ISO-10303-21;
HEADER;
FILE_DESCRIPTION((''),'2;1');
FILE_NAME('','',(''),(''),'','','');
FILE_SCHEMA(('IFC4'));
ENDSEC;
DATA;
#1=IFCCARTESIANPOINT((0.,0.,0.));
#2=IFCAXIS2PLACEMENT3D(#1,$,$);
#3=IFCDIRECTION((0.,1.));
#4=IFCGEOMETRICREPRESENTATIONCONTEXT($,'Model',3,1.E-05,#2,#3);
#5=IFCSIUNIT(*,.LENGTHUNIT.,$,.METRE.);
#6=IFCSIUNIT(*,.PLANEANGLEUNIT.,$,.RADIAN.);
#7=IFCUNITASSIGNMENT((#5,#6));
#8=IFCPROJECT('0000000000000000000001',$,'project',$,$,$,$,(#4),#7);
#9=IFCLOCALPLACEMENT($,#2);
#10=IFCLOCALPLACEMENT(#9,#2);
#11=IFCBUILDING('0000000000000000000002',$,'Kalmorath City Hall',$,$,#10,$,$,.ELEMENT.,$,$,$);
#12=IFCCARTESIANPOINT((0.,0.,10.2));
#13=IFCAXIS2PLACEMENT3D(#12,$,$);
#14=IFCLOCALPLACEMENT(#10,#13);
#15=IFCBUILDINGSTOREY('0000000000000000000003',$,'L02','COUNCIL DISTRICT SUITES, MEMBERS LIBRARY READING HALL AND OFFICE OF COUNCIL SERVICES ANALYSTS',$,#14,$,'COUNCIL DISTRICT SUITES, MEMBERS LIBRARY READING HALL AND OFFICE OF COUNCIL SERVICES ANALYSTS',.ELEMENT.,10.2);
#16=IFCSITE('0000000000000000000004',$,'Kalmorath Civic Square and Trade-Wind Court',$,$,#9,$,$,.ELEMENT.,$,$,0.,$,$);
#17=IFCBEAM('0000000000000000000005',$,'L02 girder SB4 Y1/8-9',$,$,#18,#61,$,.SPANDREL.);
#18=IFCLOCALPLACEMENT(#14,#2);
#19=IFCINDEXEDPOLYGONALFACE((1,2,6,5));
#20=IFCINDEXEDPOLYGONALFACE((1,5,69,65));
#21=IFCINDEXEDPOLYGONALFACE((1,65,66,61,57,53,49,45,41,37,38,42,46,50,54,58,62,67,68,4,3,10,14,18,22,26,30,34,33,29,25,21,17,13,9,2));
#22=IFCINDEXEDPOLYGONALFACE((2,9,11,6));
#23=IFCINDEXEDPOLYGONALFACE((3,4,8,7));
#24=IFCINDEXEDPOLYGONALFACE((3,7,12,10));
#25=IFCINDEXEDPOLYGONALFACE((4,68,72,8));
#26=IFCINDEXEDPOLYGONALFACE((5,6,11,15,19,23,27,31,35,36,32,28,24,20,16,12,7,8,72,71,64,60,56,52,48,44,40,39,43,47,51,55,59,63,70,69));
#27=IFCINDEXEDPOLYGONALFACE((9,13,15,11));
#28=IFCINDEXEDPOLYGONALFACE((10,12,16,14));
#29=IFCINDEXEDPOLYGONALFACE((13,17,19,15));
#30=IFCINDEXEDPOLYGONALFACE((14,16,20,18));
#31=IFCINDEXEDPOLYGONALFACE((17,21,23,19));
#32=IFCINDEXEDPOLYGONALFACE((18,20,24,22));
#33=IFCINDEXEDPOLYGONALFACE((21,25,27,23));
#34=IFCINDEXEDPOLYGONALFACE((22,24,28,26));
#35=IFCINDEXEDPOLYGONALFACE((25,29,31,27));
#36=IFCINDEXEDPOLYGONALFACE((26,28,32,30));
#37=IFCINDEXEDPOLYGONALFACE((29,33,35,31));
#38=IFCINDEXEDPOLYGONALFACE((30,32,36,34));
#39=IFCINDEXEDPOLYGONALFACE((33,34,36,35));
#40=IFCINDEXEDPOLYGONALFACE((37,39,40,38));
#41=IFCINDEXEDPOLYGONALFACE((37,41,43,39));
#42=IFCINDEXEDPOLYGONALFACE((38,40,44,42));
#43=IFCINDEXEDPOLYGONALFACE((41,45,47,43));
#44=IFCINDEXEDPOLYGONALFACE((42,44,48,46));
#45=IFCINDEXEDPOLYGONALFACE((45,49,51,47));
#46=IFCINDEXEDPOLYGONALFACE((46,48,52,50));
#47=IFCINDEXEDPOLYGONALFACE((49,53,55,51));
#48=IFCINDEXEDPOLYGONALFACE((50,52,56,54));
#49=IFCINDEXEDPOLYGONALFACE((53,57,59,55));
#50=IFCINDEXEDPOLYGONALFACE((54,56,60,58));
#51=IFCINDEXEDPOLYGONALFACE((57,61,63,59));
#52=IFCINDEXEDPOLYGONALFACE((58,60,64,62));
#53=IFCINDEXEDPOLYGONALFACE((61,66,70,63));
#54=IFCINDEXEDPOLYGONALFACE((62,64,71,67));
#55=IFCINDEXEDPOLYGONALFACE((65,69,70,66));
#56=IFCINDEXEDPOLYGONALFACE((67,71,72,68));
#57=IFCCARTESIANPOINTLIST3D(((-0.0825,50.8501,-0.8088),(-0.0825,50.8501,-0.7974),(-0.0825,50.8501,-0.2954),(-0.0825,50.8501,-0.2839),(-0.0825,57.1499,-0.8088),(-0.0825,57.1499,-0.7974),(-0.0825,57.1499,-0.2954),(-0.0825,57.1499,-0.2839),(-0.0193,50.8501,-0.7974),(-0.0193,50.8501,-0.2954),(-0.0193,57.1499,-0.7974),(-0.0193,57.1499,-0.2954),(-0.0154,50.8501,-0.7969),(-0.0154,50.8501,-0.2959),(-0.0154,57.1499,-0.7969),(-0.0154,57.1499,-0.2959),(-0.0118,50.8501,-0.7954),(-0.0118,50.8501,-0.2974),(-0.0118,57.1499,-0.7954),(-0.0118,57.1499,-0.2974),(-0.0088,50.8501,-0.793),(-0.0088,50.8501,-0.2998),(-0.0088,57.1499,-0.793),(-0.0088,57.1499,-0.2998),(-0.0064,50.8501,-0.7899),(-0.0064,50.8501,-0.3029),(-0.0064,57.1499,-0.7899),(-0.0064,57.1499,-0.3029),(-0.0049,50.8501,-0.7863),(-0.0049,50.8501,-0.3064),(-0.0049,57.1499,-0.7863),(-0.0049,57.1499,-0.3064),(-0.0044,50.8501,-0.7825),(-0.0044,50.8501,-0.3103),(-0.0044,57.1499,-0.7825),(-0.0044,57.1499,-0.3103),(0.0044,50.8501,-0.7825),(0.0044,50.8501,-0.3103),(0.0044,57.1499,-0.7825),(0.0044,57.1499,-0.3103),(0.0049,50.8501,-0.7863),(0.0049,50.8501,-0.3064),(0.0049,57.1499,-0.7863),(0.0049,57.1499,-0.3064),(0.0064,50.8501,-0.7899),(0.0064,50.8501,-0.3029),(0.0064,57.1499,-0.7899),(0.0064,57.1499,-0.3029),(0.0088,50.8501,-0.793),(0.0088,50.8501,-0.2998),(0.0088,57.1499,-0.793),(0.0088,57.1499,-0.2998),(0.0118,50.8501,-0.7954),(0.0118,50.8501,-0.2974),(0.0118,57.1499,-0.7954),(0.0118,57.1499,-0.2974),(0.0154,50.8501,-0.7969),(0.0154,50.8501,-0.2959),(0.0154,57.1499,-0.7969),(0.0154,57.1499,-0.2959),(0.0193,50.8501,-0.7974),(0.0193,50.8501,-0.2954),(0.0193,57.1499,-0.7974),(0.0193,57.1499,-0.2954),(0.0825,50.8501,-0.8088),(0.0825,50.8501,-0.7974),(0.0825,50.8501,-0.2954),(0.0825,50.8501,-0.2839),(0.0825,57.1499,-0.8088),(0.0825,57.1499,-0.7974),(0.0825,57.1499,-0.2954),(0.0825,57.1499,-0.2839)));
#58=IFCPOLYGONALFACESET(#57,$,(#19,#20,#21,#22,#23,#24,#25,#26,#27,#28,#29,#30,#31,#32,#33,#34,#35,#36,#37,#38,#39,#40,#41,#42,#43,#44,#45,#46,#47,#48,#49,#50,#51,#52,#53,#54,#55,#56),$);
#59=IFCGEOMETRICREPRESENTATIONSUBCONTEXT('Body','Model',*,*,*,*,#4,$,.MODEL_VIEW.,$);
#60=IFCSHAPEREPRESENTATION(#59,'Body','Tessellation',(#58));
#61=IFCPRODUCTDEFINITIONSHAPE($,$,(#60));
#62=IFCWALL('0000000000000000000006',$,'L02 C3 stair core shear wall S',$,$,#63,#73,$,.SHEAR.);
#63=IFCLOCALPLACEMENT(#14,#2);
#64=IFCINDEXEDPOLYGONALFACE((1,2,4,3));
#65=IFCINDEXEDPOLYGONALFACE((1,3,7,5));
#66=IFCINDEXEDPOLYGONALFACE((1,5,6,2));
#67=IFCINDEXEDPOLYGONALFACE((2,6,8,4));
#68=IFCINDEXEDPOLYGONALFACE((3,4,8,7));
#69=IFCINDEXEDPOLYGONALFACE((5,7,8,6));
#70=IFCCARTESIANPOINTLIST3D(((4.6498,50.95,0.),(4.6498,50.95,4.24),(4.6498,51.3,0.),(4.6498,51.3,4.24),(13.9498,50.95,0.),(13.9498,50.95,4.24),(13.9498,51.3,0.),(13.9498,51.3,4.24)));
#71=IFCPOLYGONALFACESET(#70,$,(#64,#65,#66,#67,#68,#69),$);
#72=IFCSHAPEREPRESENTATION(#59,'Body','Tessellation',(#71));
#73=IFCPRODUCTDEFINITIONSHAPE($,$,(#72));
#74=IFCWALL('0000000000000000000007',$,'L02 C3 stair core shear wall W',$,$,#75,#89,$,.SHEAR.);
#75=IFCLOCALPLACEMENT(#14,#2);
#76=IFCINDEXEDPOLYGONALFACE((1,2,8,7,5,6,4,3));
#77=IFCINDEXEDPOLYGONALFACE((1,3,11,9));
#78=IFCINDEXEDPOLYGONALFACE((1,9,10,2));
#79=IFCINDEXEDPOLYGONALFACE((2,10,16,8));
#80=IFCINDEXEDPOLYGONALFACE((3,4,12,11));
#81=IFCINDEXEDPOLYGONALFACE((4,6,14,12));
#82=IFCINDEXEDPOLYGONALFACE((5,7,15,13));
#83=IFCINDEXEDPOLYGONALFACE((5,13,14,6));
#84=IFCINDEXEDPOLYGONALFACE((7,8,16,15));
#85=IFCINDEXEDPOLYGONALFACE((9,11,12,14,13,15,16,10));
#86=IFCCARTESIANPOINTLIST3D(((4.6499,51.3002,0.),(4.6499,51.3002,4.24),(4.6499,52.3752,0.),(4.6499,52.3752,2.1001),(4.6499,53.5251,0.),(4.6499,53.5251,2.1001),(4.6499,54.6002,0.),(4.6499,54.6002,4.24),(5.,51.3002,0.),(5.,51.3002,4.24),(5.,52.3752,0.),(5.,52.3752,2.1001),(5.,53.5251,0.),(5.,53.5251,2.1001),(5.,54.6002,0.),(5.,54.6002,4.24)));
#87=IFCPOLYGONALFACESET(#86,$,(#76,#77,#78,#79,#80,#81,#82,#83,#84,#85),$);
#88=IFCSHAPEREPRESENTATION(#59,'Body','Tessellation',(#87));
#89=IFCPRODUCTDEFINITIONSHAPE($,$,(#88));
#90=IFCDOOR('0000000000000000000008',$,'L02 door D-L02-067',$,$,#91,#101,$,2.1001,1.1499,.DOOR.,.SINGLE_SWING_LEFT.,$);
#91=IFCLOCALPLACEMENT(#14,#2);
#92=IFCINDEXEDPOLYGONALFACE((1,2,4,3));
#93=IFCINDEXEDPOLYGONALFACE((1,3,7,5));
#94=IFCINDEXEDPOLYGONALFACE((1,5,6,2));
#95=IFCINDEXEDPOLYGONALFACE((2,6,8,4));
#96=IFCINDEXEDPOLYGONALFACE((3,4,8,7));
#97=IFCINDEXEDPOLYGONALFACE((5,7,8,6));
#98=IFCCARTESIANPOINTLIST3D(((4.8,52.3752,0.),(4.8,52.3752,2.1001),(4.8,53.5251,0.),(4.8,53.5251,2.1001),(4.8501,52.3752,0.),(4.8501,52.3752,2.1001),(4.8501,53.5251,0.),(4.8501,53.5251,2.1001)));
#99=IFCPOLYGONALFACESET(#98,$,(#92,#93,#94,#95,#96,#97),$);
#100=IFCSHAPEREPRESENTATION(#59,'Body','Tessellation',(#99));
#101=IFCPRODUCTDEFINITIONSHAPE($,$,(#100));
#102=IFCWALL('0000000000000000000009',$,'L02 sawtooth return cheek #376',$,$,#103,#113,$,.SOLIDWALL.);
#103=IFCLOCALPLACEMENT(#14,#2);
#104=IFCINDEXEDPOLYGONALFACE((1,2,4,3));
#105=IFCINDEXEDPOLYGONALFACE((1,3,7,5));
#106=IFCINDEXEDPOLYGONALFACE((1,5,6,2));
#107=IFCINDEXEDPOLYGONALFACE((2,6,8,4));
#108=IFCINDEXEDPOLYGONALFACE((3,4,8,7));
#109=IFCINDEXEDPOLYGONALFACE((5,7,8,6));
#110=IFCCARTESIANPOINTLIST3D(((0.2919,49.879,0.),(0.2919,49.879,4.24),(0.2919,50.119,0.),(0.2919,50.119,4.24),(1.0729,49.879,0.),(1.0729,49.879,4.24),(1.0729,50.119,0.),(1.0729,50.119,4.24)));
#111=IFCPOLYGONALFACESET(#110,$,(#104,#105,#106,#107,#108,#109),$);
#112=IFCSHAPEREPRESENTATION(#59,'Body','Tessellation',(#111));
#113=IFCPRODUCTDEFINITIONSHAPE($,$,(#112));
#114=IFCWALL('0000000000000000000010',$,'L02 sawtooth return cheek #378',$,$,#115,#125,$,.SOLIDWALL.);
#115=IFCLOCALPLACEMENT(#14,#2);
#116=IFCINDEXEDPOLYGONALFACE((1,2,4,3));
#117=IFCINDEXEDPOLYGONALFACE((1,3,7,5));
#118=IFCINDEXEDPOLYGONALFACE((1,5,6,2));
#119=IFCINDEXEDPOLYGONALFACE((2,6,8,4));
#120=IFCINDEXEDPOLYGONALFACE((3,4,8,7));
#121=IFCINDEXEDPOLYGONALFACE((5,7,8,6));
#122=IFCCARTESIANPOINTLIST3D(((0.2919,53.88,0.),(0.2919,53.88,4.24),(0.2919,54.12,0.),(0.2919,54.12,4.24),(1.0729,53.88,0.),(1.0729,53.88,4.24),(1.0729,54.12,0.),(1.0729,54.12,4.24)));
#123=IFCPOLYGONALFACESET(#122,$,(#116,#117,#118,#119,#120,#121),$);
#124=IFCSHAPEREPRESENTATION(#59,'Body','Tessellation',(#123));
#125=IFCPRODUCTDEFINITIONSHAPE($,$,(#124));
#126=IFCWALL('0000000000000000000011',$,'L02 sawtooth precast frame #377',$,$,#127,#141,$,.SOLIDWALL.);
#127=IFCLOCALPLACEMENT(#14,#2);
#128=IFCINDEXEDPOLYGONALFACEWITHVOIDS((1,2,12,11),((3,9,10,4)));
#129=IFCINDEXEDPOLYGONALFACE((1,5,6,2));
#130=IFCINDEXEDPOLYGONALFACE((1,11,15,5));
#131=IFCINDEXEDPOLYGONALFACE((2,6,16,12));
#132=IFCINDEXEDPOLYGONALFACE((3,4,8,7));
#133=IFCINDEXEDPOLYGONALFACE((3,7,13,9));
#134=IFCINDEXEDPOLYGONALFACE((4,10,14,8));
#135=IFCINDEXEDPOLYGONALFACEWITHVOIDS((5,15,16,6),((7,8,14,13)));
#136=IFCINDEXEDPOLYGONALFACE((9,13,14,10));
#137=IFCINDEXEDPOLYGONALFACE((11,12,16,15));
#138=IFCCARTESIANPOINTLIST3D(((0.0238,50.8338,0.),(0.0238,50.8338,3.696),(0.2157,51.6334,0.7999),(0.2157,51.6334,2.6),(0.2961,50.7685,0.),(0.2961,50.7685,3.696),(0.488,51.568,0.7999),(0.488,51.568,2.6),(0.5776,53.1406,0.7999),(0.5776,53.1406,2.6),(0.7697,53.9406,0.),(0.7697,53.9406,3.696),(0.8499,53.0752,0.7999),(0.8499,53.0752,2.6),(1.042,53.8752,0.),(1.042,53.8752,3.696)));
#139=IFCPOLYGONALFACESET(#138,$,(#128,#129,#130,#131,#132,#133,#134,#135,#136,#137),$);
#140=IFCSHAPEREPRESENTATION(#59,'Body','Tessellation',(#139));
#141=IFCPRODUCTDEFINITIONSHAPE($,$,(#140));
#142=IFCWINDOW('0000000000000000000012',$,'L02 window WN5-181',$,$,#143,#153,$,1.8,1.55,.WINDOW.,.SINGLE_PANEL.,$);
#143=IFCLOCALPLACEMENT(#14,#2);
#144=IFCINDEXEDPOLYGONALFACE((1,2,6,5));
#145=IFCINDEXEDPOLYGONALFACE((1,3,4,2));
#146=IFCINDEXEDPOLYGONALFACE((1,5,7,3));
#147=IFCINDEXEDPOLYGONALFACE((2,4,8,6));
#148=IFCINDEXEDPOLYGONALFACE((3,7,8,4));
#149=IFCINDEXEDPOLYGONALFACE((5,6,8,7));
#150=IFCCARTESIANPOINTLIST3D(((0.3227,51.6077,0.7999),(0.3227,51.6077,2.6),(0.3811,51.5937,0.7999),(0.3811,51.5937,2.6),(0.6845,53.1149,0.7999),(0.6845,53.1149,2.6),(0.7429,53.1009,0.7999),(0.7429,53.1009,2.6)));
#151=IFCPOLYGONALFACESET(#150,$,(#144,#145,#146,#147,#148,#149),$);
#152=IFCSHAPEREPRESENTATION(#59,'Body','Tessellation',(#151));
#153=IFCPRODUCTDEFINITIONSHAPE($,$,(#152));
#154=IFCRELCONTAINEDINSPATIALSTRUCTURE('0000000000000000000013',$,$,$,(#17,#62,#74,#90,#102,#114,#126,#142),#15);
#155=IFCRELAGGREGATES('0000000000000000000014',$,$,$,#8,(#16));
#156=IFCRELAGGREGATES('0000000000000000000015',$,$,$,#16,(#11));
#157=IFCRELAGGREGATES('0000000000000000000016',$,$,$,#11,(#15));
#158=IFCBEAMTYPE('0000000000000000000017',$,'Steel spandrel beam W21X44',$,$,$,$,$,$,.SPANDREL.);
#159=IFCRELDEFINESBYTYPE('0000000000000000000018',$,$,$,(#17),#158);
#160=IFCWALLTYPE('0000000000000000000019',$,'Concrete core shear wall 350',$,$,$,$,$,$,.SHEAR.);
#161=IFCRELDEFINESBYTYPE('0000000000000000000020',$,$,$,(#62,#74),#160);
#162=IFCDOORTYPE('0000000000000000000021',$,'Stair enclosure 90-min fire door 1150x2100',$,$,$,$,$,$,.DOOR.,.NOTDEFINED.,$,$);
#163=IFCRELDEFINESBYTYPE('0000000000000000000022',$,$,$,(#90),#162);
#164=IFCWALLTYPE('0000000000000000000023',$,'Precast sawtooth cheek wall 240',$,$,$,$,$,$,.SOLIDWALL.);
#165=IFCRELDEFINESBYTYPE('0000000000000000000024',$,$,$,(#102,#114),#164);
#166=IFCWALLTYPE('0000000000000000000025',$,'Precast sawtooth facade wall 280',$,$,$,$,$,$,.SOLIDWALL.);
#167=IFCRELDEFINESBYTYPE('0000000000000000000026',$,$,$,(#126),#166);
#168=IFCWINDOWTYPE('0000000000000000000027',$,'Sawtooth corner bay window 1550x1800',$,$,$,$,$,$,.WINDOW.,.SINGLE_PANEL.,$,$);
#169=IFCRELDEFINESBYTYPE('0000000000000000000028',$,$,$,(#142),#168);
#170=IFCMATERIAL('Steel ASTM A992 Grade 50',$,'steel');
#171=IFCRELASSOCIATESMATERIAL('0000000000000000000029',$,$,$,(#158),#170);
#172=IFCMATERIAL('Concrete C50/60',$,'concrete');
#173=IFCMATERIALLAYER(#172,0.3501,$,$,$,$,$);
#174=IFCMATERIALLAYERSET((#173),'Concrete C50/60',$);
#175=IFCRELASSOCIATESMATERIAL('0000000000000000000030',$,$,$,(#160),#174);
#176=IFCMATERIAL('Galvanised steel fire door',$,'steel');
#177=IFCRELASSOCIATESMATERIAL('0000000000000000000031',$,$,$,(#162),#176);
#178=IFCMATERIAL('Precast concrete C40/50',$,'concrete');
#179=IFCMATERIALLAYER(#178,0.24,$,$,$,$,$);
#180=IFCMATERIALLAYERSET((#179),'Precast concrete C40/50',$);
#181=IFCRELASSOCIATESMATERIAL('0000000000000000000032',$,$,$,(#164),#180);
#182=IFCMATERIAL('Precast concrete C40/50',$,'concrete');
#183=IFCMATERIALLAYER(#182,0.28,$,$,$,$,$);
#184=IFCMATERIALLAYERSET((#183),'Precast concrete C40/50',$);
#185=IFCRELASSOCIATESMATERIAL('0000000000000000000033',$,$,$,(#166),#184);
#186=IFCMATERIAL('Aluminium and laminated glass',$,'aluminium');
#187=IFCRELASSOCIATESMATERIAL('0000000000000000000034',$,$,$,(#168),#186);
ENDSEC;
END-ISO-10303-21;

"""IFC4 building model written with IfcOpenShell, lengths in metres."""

from ifc_helpers import new_model, si_unit, direction, frame, frame_2d, origin, origin_2d, place, context, subcontext, project, spatial, rectangle, i_section, extrude, material, layer, layer_set, material_profile, profile_set, type_object, element, fill, save


model = new_model("IFC4")

# Units and contexts
model_context = context("Model", 3, precision=1e-05, world=origin(), true_north=direction((0.0, 1.0)))
body_context = subcontext(model_context, "Body", "Model", "MODEL_VIEW")
ifc_project = project(units=[si_unit("LENGTHUNIT", "METRE"), si_unit("PLANEANGLEUNIT", "RADIAN")], contexts=[model_context])

# Site, building, storey
site_placement = place(None, origin())
site = spatial("IfcSite", under=ifc_project, at=site_placement, Name="Kalmorath Civic Square and Trade-Wind Court", CompositionType="ELEMENT", RefElevation=0.0)
building_placement = place(site_placement, origin())
building = spatial("IfcBuilding", under=site, at=building_placement, Name="Kalmorath City Hall", CompositionType="ELEMENT")
storey_placement = place(building_placement, frame((0.0, 0.0, 10.2)))
storey = spatial("IfcBuildingStorey", under=building, at=storey_placement, Name="L02", Description="COUNCIL DISTRICT SUITES, MEMBERS LIBRARY READING HALL AND OFFICE OF COUNCIL SERVICES ANALYSTS", LongName="COUNCIL DISTRICT SUITES, MEMBERS LIBRARY READING HALL AND OFFICE OF COUNCIL SERVICES ANALYSTS", CompositionType="ELEMENT", Elevation=10.2)

# Beam
ifc_material_1 = material(Name="Steel ASTM A992 Grade 50", Category="steel")
ifc_material_profile_1 = material_profile(ifc_material_1, i_section(OverallWidth=0.165, OverallDepth=0.5249, WebThickness=0.0088, FlangeThickness=0.0115, FilletRadius=0.0149, at=origin_2d()), Name="W21X44")
ifc_profile_set_1 = profile_set([ifc_material_profile_1], Name="Steel ASTM A992 Grade 50")
beam_type_1 = type_object("IfcBeamType", Name="Steel spandrel beam W21X44", PredefinedType="SPANDREL", material=ifc_profile_set_1)
beam_1_placement = place(storey_placement, frame((0.0, 50.8501, -0.5464), z_axis=(0.0, 1.0, 0.0), x_axis=(-1.0, 0.0, 0.0)))
element("IfcBeam", 1, at=beam_1_placement, inside=storey, type_object=beam_type_1, Name="L02 girder SB4 Y1/8-9", PredefinedType="SPANDREL", context=body_context, shape_type="SweptSolid", body=[
    extrude(i_section(OverallWidth=0.165, OverallDepth=0.5249, WebThickness=0.0088, FlangeThickness=0.0115, FilletRadius=0.0149, at=origin_2d()), origin(), (0.0, 0.0, 1.0), 6.2998),
])

# Wall
ifc_material_2 = material(Name="Concrete C50/60", Category="concrete")
ifc_layer_1 = layer(ifc_material_2, 0.3501)
ifc_layer_set_1 = layer_set([ifc_layer_1], Name="Concrete C50/60")
wall_type_1 = type_object("IfcWallType", Name="Concrete core shear wall 350", PredefinedType="SHEAR", material=ifc_layer_set_1)
wall_1_placement = place(storey_placement, frame((4.6499, 51.125, 0.0), z_axis=(0.0, 0.0, 1.0), x_axis=(1.0, 0.0, 0.0)))
element("IfcWall", 2, at=wall_1_placement, inside=storey, type_object=wall_type_1, Name="L02 C3 stair core shear wall S", PredefinedType="SHEAR", context=body_context, shape_type="SweptSolid", body=[
    extrude(rectangle(XDim=9.3, YDim=0.3501, at=frame_2d((4.6499, 0.0))), origin(), (0.0, 0.0, 1.0), 4.24),
])

# Wall, opening, door
wall_2_placement = place(storey_placement, frame((4.825, 54.6001, 0.0), z_axis=(0.0, 0.0, 1.0), x_axis=(0.0, -1.0, 0.0)))
wall_2 = element("IfcWall", 3, at=wall_2_placement, inside=storey, type_object=wall_type_1, Name="L02 C3 stair core shear wall W", PredefinedType="SHEAR", context=body_context, shape_type="SweptSolid", body=[
    extrude(rectangle(XDim=3.3, YDim=0.3501, at=frame_2d((1.6499, 0.0))), origin(), (0.0, 0.0, 1.0), 4.24),
])
opening_1_placement = place(wall_2_placement, frame((1.075, 0.0, 0.0)))
opening_1 = element("IfcOpeningElement", 4, at=opening_1_placement, cuts=wall_2, PredefinedType="OPENING", context=body_context, shape_type="SweptSolid", body=[
    extrude(rectangle(XDim=1.1499, YDim=2.1001, at=frame_2d((0.575, 1.05))), frame((0.0, 0.1851, 0.0), z_axis=(0.0, -1.0, 0.0), x_axis=(1.0, 0.0, 0.0)), (0.0, 0.0, 1.0), 0.3701),
])
ifc_material_3 = material(Name="Galvanised steel fire door", Category="steel")
door_type = type_object("IfcDoorType", Name="Stair enclosure 90-min fire door 1150x2100", OperationType="NOTDEFINED", PredefinedType="DOOR", material=ifc_material_3)
door_placement = place(opening_1_placement, frame((1.1499, 0.0, 0.0), z_axis=(0.0, 0.0, 1.0), x_axis=(-1.0, 0.0, 0.0)))
door = element("IfcDoor", 5, at=door_placement, inside=storey, type_object=door_type, Name="L02 door D-L02-067", OperationType="SINGLE_SWING_LEFT", OverallHeight=2.1001, OverallWidth=1.1499, PredefinedType="DOOR", context=body_context, shape_type="SweptSolid", body=[
    extrude(rectangle(XDim=1.1499, YDim=2.1001, at=frame_2d((0.575, 1.05))), frame((0.0, 0.0249, 0.0), z_axis=(0.0, -1.0, 0.0), x_axis=(1.0, 0.0, 0.0)), (0.0, 0.0, 1.0), 0.05),
])
fill(opening_1, door)

# Walls
ifc_material_4 = material(Name="Precast concrete C40/50", Category="concrete")
ifc_layer_2 = layer(ifc_material_4, 0.24)
ifc_layer_set_2 = layer_set([ifc_layer_2], Name="Precast concrete C40/50")
wall_type_2 = type_object("IfcWallType", Name="Precast sawtooth cheek wall 240", PredefinedType="SOLIDWALL", material=ifc_layer_set_2)
for number, where, z_axis, x_axis, name in (
    (6, (1.073, 49.999, 0.0), (0.0, 0.0, 1.0), (-1.0, 0.0, 0.0), "L02 sawtooth return cheek #376"),
    (7, (1.073, 54.0, 0.0), (0.0, 0.0, 1.0), (-1.0, 0.0, 0.0), "L02 sawtooth return cheek #378"),
):
    element("IfcWall", number, at=place(storey_placement, frame(where, z_axis=z_axis, x_axis=x_axis)), inside=storey, type_object=wall_type_2, Name=name, PredefinedType="SOLIDWALL", context=body_context, shape_type="SweptSolid", body=[
        extrude(rectangle(XDim=0.781, YDim=0.24, at=frame_2d((0.3906, 0.0))), origin(), (0.0, 0.0, 1.0), 4.24),
    ])

# Wall, opening, window
ifc_material_5 = material(Name="Precast concrete C40/50", Category="concrete")
ifc_layer_3 = layer(ifc_material_5, 0.28)
ifc_layer_set_3 = layer_set([ifc_layer_3], Name="Precast concrete C40/50")
wall_type_3 = type_object("IfcWallType", Name="Precast sawtooth facade wall 280", PredefinedType="SOLIDWALL", material=ifc_layer_set_3)
wall_3_placement = place(storey_placement, frame((0.1599, 50.801, 0.0), z_axis=(0.0, 0.0, 1.0), x_axis=(0.233445, 0.97237, 0.0)))
wall_3 = element("IfcWall", 8, at=wall_3_placement, inside=storey, type_object=wall_type_3, Name="L02 sawtooth precast frame #377", PredefinedType="SOLIDWALL", context=body_context, shape_type="SweptSolid", body=[
    extrude(rectangle(XDim=3.1951, YDim=0.28, at=frame_2d((1.5977, 0.0))), origin(), (0.0, 0.0, 1.0), 3.696),
])
opening_2_placement = place(wall_3_placement, frame((0.8225, 0.0, 0.8)))
opening_2 = element("IfcOpeningElement", 9, at=opening_2_placement, cuts=wall_3, PredefinedType="OPENING", context=body_context, shape_type="SweptSolid", body=[
    extrude(rectangle(XDim=1.55, YDim=1.8, at=frame_2d((0.7749, 0.8999))), frame((0.0, 0.1499, 0.0), z_axis=(0.0, -1.0, 0.0), x_axis=(1.0, 0.0, 0.0)), (0.0, 0.0, 1.0), 0.3),
])
ifc_material_6 = material(Name="Aluminium and laminated glass", Category="aluminium")
window_type = type_object("IfcWindowType", Name="Sawtooth corner bay window 1550x1800", PartitioningType="SINGLE_PANEL", PredefinedType="WINDOW", material=ifc_material_6)
window_1_placement = place(opening_2_placement, origin())
window_1 = element("IfcWindow", 10, at=window_1_placement, inside=storey, type_object=window_type, Name="L02 window WN5-181", OverallHeight=1.8, OverallWidth=1.55, PartitioningType="SINGLE_PANEL", PredefinedType="WINDOW", context=body_context, shape_type="SweptSolid", body=[
    extrude(rectangle(XDim=1.55, YDim=1.8, at=frame_2d((0.7749, 0.8999))), frame((0.0, 0.03, 0.0), z_axis=(0.0, -1.0, 0.0), x_axis=(1.0, 0.0, 0.0)), (0.0, 0.0, 1.0), 0.0601),
])
fill(opening_2, window_1)

save(model, "model.ifc")
